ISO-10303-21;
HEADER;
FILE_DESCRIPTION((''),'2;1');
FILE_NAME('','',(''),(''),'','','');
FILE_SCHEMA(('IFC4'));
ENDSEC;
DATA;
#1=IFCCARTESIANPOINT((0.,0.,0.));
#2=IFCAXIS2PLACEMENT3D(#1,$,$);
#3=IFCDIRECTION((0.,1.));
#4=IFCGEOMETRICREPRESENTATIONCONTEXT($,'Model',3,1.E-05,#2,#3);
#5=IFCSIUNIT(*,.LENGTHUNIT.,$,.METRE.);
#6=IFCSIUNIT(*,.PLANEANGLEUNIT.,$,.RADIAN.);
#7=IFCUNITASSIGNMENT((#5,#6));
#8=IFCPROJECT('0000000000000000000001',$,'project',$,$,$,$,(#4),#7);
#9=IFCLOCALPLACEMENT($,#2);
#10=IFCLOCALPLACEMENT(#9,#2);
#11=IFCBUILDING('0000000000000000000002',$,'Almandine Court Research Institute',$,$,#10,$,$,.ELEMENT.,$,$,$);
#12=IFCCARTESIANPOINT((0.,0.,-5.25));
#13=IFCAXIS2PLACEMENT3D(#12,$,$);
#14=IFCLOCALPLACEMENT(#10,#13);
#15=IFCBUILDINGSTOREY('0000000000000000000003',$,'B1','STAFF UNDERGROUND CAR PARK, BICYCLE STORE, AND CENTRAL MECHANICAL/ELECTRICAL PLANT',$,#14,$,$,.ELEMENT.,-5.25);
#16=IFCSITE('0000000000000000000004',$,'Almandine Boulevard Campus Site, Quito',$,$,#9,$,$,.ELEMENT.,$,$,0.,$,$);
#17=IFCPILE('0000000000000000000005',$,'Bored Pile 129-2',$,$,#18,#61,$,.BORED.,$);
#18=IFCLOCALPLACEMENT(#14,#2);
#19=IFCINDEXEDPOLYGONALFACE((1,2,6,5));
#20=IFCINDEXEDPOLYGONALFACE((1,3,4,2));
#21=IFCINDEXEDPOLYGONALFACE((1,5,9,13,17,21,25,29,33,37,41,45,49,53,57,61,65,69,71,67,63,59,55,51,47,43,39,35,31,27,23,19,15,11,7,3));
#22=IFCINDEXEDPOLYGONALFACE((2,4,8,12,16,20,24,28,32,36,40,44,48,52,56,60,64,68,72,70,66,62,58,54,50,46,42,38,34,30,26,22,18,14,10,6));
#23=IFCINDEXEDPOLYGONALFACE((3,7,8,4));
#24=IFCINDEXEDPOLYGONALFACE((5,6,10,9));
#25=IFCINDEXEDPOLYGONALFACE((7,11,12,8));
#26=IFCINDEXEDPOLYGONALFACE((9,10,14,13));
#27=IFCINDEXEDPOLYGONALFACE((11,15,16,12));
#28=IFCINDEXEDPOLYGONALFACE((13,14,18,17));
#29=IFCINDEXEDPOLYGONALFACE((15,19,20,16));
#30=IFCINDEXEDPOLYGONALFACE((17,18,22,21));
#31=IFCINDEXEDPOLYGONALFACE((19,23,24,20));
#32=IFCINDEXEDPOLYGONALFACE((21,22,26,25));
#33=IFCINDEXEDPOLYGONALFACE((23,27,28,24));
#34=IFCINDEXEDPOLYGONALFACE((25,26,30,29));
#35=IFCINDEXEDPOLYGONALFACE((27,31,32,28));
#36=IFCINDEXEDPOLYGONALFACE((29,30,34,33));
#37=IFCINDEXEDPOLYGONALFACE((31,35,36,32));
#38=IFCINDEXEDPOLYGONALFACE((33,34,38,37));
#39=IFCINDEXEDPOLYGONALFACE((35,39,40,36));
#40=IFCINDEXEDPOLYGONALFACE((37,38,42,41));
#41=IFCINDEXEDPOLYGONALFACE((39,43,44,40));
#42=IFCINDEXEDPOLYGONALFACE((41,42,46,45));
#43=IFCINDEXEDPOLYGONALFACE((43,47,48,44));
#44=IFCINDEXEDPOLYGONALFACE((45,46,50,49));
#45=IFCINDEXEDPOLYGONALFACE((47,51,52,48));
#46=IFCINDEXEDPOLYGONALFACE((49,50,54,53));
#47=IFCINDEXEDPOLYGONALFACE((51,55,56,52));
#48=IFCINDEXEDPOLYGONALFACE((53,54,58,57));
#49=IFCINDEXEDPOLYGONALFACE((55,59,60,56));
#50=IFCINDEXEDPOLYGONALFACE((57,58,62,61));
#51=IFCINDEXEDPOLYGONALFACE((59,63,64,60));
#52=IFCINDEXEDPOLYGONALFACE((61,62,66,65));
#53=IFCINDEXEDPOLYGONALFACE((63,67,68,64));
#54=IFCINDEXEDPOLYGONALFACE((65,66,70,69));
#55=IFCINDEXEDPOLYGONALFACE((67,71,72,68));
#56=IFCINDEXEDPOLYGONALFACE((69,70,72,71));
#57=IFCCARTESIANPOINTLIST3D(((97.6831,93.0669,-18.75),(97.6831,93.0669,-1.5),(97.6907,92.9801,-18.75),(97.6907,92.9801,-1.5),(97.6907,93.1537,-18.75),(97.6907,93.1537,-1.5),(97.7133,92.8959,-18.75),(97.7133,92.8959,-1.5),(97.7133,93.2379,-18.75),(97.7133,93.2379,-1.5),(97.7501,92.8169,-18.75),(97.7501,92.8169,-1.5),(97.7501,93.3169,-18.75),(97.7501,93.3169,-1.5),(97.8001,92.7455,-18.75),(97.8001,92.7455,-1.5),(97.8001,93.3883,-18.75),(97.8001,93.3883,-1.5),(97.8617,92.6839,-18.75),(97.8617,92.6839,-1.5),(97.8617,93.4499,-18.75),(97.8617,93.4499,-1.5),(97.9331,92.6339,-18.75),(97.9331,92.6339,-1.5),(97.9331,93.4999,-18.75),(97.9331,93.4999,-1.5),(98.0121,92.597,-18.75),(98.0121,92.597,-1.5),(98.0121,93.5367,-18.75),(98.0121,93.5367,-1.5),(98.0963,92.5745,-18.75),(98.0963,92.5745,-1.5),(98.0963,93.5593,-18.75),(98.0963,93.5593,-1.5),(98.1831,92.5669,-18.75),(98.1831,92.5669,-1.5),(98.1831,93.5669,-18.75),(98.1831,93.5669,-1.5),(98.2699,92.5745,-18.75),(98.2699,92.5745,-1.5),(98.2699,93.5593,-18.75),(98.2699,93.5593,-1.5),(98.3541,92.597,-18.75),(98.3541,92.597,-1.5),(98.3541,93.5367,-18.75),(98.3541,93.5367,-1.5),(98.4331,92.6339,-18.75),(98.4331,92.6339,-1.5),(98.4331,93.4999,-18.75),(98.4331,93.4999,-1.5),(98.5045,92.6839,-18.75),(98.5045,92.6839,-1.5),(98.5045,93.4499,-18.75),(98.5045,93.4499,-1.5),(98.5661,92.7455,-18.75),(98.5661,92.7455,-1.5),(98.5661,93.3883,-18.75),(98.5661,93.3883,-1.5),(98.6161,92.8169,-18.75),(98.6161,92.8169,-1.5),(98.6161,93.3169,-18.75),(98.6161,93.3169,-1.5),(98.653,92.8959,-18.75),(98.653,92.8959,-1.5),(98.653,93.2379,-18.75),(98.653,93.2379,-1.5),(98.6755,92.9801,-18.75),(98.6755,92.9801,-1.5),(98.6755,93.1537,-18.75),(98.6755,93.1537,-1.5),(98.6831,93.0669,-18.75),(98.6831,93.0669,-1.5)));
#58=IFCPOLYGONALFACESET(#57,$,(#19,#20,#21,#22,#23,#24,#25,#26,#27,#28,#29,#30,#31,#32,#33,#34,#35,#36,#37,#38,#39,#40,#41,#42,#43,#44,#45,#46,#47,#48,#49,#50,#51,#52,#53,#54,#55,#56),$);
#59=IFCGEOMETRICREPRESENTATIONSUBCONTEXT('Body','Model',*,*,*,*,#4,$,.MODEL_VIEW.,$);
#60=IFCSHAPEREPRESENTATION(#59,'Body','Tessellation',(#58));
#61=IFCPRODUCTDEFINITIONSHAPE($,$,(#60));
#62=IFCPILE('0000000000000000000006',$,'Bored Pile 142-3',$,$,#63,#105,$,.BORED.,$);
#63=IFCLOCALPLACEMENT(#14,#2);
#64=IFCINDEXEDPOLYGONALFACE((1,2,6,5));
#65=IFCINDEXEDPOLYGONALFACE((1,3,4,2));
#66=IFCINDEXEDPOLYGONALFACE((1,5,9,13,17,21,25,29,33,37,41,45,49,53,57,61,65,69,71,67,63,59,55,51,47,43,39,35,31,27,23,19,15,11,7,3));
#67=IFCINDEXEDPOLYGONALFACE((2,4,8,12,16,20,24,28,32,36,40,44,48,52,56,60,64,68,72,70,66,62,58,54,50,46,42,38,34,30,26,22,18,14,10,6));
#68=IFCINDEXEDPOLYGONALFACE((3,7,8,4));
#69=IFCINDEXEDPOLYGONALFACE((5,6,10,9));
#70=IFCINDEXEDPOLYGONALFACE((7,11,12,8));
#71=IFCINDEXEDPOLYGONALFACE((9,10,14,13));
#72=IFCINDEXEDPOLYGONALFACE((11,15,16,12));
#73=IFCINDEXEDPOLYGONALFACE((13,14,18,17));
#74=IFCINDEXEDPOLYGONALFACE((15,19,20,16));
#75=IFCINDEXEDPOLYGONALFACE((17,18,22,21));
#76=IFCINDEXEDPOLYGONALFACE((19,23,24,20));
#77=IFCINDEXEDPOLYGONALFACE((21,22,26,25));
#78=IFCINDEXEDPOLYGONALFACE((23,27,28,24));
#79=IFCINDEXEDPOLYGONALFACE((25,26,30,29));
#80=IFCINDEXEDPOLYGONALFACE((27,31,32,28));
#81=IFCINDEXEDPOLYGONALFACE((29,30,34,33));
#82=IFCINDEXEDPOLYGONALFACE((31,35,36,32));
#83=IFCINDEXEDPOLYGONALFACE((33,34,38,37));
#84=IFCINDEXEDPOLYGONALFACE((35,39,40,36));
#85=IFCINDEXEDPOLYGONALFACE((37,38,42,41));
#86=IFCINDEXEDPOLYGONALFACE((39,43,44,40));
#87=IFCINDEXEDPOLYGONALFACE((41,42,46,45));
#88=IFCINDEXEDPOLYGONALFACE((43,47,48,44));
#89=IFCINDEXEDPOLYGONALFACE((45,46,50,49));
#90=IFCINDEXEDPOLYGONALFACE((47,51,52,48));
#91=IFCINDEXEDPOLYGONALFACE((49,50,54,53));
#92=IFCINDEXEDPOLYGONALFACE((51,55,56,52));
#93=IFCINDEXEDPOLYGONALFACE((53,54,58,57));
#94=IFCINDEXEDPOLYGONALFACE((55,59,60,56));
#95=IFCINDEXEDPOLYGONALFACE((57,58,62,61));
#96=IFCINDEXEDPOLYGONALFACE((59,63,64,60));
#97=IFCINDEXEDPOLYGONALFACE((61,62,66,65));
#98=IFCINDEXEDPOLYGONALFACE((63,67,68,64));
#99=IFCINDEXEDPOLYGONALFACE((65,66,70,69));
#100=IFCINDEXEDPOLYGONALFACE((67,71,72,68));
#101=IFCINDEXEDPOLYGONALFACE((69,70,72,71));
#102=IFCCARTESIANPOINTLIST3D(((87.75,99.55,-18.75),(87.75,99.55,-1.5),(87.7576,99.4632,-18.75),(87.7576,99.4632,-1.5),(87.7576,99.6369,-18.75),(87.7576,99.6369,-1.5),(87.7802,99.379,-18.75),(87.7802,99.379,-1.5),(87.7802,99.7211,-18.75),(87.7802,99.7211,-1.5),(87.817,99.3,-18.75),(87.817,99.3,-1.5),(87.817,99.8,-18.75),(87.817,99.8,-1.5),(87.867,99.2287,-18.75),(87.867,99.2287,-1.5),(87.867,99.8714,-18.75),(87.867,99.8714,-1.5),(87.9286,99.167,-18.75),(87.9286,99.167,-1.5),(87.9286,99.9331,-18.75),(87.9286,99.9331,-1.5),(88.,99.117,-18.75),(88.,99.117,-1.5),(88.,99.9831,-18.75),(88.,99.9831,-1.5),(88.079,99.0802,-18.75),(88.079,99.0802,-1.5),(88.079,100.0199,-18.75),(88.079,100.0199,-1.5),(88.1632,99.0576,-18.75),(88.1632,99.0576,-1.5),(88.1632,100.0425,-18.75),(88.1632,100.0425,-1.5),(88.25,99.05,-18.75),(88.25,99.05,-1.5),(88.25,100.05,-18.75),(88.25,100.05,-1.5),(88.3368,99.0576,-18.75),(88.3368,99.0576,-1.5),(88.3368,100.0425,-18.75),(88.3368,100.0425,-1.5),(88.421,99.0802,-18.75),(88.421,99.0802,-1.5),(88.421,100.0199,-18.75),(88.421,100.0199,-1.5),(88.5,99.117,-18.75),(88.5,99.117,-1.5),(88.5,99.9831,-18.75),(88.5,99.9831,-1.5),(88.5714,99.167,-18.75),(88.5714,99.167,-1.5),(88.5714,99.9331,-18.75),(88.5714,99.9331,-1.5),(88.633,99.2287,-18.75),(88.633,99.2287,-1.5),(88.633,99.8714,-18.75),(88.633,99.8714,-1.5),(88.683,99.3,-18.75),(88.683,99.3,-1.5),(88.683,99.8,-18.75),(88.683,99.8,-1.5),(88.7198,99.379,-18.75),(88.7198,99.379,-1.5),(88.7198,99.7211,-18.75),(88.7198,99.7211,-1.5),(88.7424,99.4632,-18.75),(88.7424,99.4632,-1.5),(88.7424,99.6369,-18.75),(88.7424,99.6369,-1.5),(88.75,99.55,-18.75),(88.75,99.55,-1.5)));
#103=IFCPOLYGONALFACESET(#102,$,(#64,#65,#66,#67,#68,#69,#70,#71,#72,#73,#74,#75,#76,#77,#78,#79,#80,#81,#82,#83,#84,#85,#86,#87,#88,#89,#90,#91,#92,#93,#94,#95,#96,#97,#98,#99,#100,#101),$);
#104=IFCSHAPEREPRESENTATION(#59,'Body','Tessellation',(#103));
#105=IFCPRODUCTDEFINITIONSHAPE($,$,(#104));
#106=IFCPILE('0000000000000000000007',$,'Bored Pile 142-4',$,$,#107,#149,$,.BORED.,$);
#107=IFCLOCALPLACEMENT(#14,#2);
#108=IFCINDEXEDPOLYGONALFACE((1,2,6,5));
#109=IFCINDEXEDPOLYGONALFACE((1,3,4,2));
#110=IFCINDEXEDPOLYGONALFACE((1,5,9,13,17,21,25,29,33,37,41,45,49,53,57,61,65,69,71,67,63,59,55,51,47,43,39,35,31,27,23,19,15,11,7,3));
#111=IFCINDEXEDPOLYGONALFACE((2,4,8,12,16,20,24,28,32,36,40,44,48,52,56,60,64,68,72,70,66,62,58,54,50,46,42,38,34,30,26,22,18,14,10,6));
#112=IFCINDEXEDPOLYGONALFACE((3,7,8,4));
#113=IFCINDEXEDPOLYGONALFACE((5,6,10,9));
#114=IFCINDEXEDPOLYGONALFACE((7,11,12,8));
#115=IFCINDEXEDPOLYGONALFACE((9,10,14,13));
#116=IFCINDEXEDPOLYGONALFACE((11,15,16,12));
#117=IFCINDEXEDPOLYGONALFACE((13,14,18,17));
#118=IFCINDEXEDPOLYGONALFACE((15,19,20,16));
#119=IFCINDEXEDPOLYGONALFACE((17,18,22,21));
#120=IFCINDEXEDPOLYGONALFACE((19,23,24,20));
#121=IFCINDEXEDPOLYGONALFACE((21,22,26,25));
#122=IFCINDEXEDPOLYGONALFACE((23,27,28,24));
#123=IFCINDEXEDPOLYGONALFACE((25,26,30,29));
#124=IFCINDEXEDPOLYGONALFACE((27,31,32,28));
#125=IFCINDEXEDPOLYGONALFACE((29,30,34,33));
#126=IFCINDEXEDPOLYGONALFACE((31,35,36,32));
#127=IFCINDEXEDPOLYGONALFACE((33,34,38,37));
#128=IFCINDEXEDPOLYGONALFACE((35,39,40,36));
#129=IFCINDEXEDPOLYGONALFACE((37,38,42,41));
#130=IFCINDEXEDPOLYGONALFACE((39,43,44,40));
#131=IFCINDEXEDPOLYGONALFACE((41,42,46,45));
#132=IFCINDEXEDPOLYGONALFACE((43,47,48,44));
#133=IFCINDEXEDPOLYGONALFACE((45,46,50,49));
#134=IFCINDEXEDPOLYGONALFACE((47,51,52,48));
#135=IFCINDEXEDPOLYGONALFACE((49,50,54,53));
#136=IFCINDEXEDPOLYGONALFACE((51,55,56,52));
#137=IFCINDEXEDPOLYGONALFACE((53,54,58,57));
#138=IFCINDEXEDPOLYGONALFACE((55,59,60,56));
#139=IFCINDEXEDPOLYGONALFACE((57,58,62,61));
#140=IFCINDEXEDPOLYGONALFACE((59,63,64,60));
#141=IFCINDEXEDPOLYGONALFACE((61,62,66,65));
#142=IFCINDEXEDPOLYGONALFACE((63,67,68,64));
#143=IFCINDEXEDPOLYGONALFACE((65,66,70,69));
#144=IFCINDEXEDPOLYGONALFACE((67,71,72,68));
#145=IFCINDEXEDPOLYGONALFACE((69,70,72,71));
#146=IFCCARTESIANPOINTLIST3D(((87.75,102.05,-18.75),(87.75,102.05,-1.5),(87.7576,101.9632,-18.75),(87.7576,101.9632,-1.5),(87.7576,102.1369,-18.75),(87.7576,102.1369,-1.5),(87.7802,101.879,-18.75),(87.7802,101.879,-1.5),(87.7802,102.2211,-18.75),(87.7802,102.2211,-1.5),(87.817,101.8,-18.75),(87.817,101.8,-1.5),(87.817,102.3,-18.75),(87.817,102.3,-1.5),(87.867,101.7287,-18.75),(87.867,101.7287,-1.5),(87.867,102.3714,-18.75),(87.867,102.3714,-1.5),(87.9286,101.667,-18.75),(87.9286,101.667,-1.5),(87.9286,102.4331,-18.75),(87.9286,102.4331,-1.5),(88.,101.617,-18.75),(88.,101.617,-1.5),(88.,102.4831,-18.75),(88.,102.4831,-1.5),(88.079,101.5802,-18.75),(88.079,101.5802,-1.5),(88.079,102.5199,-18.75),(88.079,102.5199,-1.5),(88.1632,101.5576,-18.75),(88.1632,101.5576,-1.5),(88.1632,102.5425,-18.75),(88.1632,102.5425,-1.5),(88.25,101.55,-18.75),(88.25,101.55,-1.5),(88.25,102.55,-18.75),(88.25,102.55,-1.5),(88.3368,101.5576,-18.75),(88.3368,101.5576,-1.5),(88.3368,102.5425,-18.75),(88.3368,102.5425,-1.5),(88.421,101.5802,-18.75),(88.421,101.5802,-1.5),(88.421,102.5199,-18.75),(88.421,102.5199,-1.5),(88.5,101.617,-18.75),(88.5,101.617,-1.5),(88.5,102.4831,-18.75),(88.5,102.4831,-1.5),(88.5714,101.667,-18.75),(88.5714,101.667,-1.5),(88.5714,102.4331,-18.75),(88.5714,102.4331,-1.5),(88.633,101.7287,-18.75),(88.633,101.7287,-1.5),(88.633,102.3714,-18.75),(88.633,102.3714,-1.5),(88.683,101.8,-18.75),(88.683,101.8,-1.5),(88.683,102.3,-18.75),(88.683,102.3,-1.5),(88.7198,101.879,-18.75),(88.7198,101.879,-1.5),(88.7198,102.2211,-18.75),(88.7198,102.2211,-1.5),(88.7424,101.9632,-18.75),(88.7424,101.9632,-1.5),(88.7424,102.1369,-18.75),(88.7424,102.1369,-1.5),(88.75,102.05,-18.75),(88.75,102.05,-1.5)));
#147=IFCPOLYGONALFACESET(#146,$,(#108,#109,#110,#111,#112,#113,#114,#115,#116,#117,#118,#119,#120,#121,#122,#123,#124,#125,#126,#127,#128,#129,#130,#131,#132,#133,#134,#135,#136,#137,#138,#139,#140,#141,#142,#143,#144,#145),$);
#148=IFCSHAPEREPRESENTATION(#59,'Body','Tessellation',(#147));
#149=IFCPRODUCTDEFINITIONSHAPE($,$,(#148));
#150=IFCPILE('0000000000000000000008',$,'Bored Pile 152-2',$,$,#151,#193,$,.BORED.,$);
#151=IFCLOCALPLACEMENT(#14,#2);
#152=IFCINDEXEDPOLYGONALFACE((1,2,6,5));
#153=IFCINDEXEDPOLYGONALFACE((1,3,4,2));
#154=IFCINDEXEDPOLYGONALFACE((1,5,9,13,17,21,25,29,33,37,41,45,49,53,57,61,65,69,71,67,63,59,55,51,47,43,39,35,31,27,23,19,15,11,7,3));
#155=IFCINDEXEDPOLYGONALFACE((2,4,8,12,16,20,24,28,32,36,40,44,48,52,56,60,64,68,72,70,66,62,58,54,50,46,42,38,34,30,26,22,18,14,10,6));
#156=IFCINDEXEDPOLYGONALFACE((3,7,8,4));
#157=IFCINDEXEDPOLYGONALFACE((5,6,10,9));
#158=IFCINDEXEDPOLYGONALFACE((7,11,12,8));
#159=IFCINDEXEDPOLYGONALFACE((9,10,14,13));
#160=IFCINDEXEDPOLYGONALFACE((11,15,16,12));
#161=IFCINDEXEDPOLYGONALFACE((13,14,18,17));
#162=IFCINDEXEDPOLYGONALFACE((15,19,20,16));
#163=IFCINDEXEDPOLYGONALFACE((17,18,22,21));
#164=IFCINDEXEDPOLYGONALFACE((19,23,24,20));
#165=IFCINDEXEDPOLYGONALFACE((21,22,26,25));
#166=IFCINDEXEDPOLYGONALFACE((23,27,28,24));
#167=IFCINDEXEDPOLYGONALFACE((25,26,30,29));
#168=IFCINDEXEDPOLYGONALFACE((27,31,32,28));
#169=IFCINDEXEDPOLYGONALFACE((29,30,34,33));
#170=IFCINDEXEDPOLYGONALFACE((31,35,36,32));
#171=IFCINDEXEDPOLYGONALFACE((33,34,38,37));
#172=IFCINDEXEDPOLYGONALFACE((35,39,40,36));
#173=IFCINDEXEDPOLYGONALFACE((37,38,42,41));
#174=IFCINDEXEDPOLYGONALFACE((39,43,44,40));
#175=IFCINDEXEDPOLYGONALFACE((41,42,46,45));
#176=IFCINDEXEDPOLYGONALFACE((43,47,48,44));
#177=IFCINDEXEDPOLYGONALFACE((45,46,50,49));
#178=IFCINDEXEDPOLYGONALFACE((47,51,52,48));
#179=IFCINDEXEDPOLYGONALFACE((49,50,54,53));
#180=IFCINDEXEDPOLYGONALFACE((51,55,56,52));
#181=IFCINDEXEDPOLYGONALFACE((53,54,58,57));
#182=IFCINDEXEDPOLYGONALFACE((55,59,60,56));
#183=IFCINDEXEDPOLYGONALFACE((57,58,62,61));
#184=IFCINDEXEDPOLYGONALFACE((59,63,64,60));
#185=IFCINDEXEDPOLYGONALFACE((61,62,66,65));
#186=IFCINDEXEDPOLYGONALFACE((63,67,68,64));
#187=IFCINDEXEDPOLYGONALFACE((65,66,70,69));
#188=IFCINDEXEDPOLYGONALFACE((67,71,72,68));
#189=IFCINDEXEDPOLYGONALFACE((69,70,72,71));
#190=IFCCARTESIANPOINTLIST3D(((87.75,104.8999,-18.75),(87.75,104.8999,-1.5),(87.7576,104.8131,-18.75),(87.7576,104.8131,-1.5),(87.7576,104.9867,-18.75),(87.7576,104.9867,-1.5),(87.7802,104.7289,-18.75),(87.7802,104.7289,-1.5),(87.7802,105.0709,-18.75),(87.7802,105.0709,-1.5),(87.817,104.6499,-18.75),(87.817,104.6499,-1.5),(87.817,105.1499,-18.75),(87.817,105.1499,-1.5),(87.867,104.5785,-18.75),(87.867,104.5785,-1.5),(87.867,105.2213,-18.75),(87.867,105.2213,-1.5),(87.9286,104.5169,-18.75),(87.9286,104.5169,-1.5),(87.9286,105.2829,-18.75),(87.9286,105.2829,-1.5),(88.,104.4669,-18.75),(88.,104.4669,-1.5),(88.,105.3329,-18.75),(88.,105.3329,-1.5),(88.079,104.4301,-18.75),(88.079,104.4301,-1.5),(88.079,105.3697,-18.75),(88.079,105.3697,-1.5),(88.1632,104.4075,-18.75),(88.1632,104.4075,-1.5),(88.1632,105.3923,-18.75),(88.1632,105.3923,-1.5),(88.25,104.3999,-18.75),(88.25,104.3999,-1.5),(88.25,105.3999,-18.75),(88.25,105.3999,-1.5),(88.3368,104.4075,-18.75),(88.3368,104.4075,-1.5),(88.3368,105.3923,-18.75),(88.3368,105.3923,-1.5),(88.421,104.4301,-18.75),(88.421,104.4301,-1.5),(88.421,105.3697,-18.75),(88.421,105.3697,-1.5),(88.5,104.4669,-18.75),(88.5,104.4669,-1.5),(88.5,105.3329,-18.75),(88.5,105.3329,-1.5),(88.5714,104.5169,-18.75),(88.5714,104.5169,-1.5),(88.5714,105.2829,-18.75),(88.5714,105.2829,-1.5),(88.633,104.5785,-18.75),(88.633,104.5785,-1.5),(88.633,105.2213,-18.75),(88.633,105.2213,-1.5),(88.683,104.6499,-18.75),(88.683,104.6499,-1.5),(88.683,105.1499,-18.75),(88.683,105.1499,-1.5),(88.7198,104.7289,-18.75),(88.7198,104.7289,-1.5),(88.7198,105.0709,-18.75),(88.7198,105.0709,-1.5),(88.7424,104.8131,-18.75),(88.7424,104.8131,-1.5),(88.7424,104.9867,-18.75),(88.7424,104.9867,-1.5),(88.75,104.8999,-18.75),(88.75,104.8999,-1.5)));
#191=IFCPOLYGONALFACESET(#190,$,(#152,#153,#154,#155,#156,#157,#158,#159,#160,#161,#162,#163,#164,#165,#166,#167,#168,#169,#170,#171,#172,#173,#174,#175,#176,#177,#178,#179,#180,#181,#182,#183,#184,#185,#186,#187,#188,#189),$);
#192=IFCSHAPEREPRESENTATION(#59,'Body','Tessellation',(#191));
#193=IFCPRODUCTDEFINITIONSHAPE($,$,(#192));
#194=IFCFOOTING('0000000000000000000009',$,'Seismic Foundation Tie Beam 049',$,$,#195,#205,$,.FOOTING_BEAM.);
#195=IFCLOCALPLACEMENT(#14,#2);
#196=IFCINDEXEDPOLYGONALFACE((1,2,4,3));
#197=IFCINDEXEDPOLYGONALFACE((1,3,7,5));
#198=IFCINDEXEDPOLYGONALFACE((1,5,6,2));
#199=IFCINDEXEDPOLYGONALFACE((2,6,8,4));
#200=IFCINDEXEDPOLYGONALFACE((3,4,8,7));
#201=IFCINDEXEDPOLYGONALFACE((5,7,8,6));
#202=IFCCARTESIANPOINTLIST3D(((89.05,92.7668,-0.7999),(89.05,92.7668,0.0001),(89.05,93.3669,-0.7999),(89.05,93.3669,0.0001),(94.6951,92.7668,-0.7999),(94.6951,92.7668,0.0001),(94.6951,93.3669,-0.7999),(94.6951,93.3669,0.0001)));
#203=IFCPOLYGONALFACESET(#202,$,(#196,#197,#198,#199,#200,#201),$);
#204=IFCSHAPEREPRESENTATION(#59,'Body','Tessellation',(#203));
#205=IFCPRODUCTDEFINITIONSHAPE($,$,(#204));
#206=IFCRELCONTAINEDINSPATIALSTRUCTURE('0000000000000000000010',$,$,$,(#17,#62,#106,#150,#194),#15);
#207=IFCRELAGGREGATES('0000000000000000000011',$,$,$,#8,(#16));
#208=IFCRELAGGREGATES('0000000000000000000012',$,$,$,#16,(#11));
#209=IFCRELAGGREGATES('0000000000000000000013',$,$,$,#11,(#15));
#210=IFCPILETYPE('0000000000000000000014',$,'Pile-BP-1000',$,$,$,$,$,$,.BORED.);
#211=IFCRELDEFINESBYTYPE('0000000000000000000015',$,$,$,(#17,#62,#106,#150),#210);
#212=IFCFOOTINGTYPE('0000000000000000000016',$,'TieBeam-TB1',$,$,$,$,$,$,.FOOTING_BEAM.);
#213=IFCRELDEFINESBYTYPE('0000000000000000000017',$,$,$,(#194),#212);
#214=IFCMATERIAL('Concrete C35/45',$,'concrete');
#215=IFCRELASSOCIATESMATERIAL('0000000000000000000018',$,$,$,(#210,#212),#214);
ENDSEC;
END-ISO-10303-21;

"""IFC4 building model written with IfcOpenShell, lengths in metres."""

from ifc_helpers import new_model, si_unit, direction, frame, origin, origin_2d, place, context, subcontext, project, spatial, rectangle, circle, extrude, material, material_profile, profile_set, type_object, element, save


model = new_model("IFC4")

# Units and contexts
model_context = context("Model", 3, precision=1e-05, world=origin(), true_north=direction((0.0, 1.0)))
body_context = subcontext(model_context, "Body", "Model", "MODEL_VIEW")
ifc_project = project(units=[si_unit("LENGTHUNIT", "METRE"), si_unit("PLANEANGLEUNIT", "RADIAN")], contexts=[model_context])

# Site, building, storey
site_placement = place(None, origin())
site = spatial("IfcSite", under=ifc_project, at=site_placement, Name="Almandine Boulevard Campus Site, Quito", CompositionType="ELEMENT", RefElevation=0.0)
building_placement = place(site_placement, origin())
building = spatial("IfcBuilding", under=site, at=building_placement, Name="Almandine Court Research Institute", CompositionType="ELEMENT")
storey_placement = place(building_placement, frame((0.0, 0.0, -5.25)))
storey = spatial("IfcBuildingStorey", under=building, at=storey_placement, Name="B1", Description="STAFF UNDERGROUND CAR PARK, BICYCLE STORE, AND CENTRAL MECHANICAL/ELECTRICAL PLANT", CompositionType="ELEMENT", Elevation=-5.25)

# Shared definitions
ifc_material_1 = material(Name="Concrete C35/45", Category="concrete")

# Piles
ifc_material_profile_1 = material_profile(ifc_material_1, circle(Radius=0.5, at=origin_2d()), Name="BORED PILE D1000")
ifc_profile_set_1 = profile_set([ifc_material_profile_1], Name="Concrete C35/45")
pile_type = type_object("IfcPileType", Name="Pile-BP-1000", PredefinedType="BORED", material=ifc_profile_set_1)
for number, where, z_axis, x_axis, name in (
    (1, (98.1831, 93.0669, -1.5), (0.0, 0.0, -1.0), (1.0, 0.0, 0.0), "Bored Pile 129-2"),
    (2, (88.25, 99.55, -1.5), (0.0, 0.0, -1.0), (1.0, 0.0, 0.0), "Bored Pile 142-3"),
    (3, (88.25, 102.05, -1.5), (0.0, 0.0, -1.0), (1.0, 0.0, 0.0), "Bored Pile 142-4"),
    (4, (88.25, 104.8999, -1.5), (0.0, 0.0, -1.0), (1.0, 0.0, 0.0), "Bored Pile 152-2"),
):
    element("IfcPile", number, at=place(storey_placement, frame(where, z_axis=z_axis, x_axis=x_axis)), inside=storey, type_object=pile_type, Name=name, PredefinedType="BORED", context=body_context, shape_type="SweptSolid", body=[
        extrude(circle(Radius=0.5, at=origin_2d()), origin(), (0.0, 0.0, 1.0), 17.25),
    ])

# Footing
ifc_material_profile_2 = material_profile(ifc_material_1, rectangle(XDim=0.6001, YDim=0.8, at=origin_2d()), Name="RC TIE 600x800")
ifc_profile_set_2 = profile_set([ifc_material_profile_2], Name="Concrete C35/45")
footing_type_1 = type_object("IfcFootingType", Name="TieBeam-TB1", PredefinedType="FOOTING_BEAM", material=ifc_profile_set_2)
footing_1_placement = place(storey_placement, frame((89.05, 93.0669, -0.3999), z_axis=(1.0, 0.0, 0.0), x_axis=(0.0, 1.0, 0.0)))
element("IfcFooting", 5, at=footing_1_placement, inside=storey, type_object=footing_type_1, Name="Seismic Foundation Tie Beam 049", PredefinedType="FOOTING_BEAM", context=body_context, shape_type="SweptSolid", body=[
    extrude(rectangle(XDim=0.6001, YDim=0.8, at=origin_2d()), origin(), (0.0, 0.0, 1.0), 5.645),
])

save(model, "model.ifc")
